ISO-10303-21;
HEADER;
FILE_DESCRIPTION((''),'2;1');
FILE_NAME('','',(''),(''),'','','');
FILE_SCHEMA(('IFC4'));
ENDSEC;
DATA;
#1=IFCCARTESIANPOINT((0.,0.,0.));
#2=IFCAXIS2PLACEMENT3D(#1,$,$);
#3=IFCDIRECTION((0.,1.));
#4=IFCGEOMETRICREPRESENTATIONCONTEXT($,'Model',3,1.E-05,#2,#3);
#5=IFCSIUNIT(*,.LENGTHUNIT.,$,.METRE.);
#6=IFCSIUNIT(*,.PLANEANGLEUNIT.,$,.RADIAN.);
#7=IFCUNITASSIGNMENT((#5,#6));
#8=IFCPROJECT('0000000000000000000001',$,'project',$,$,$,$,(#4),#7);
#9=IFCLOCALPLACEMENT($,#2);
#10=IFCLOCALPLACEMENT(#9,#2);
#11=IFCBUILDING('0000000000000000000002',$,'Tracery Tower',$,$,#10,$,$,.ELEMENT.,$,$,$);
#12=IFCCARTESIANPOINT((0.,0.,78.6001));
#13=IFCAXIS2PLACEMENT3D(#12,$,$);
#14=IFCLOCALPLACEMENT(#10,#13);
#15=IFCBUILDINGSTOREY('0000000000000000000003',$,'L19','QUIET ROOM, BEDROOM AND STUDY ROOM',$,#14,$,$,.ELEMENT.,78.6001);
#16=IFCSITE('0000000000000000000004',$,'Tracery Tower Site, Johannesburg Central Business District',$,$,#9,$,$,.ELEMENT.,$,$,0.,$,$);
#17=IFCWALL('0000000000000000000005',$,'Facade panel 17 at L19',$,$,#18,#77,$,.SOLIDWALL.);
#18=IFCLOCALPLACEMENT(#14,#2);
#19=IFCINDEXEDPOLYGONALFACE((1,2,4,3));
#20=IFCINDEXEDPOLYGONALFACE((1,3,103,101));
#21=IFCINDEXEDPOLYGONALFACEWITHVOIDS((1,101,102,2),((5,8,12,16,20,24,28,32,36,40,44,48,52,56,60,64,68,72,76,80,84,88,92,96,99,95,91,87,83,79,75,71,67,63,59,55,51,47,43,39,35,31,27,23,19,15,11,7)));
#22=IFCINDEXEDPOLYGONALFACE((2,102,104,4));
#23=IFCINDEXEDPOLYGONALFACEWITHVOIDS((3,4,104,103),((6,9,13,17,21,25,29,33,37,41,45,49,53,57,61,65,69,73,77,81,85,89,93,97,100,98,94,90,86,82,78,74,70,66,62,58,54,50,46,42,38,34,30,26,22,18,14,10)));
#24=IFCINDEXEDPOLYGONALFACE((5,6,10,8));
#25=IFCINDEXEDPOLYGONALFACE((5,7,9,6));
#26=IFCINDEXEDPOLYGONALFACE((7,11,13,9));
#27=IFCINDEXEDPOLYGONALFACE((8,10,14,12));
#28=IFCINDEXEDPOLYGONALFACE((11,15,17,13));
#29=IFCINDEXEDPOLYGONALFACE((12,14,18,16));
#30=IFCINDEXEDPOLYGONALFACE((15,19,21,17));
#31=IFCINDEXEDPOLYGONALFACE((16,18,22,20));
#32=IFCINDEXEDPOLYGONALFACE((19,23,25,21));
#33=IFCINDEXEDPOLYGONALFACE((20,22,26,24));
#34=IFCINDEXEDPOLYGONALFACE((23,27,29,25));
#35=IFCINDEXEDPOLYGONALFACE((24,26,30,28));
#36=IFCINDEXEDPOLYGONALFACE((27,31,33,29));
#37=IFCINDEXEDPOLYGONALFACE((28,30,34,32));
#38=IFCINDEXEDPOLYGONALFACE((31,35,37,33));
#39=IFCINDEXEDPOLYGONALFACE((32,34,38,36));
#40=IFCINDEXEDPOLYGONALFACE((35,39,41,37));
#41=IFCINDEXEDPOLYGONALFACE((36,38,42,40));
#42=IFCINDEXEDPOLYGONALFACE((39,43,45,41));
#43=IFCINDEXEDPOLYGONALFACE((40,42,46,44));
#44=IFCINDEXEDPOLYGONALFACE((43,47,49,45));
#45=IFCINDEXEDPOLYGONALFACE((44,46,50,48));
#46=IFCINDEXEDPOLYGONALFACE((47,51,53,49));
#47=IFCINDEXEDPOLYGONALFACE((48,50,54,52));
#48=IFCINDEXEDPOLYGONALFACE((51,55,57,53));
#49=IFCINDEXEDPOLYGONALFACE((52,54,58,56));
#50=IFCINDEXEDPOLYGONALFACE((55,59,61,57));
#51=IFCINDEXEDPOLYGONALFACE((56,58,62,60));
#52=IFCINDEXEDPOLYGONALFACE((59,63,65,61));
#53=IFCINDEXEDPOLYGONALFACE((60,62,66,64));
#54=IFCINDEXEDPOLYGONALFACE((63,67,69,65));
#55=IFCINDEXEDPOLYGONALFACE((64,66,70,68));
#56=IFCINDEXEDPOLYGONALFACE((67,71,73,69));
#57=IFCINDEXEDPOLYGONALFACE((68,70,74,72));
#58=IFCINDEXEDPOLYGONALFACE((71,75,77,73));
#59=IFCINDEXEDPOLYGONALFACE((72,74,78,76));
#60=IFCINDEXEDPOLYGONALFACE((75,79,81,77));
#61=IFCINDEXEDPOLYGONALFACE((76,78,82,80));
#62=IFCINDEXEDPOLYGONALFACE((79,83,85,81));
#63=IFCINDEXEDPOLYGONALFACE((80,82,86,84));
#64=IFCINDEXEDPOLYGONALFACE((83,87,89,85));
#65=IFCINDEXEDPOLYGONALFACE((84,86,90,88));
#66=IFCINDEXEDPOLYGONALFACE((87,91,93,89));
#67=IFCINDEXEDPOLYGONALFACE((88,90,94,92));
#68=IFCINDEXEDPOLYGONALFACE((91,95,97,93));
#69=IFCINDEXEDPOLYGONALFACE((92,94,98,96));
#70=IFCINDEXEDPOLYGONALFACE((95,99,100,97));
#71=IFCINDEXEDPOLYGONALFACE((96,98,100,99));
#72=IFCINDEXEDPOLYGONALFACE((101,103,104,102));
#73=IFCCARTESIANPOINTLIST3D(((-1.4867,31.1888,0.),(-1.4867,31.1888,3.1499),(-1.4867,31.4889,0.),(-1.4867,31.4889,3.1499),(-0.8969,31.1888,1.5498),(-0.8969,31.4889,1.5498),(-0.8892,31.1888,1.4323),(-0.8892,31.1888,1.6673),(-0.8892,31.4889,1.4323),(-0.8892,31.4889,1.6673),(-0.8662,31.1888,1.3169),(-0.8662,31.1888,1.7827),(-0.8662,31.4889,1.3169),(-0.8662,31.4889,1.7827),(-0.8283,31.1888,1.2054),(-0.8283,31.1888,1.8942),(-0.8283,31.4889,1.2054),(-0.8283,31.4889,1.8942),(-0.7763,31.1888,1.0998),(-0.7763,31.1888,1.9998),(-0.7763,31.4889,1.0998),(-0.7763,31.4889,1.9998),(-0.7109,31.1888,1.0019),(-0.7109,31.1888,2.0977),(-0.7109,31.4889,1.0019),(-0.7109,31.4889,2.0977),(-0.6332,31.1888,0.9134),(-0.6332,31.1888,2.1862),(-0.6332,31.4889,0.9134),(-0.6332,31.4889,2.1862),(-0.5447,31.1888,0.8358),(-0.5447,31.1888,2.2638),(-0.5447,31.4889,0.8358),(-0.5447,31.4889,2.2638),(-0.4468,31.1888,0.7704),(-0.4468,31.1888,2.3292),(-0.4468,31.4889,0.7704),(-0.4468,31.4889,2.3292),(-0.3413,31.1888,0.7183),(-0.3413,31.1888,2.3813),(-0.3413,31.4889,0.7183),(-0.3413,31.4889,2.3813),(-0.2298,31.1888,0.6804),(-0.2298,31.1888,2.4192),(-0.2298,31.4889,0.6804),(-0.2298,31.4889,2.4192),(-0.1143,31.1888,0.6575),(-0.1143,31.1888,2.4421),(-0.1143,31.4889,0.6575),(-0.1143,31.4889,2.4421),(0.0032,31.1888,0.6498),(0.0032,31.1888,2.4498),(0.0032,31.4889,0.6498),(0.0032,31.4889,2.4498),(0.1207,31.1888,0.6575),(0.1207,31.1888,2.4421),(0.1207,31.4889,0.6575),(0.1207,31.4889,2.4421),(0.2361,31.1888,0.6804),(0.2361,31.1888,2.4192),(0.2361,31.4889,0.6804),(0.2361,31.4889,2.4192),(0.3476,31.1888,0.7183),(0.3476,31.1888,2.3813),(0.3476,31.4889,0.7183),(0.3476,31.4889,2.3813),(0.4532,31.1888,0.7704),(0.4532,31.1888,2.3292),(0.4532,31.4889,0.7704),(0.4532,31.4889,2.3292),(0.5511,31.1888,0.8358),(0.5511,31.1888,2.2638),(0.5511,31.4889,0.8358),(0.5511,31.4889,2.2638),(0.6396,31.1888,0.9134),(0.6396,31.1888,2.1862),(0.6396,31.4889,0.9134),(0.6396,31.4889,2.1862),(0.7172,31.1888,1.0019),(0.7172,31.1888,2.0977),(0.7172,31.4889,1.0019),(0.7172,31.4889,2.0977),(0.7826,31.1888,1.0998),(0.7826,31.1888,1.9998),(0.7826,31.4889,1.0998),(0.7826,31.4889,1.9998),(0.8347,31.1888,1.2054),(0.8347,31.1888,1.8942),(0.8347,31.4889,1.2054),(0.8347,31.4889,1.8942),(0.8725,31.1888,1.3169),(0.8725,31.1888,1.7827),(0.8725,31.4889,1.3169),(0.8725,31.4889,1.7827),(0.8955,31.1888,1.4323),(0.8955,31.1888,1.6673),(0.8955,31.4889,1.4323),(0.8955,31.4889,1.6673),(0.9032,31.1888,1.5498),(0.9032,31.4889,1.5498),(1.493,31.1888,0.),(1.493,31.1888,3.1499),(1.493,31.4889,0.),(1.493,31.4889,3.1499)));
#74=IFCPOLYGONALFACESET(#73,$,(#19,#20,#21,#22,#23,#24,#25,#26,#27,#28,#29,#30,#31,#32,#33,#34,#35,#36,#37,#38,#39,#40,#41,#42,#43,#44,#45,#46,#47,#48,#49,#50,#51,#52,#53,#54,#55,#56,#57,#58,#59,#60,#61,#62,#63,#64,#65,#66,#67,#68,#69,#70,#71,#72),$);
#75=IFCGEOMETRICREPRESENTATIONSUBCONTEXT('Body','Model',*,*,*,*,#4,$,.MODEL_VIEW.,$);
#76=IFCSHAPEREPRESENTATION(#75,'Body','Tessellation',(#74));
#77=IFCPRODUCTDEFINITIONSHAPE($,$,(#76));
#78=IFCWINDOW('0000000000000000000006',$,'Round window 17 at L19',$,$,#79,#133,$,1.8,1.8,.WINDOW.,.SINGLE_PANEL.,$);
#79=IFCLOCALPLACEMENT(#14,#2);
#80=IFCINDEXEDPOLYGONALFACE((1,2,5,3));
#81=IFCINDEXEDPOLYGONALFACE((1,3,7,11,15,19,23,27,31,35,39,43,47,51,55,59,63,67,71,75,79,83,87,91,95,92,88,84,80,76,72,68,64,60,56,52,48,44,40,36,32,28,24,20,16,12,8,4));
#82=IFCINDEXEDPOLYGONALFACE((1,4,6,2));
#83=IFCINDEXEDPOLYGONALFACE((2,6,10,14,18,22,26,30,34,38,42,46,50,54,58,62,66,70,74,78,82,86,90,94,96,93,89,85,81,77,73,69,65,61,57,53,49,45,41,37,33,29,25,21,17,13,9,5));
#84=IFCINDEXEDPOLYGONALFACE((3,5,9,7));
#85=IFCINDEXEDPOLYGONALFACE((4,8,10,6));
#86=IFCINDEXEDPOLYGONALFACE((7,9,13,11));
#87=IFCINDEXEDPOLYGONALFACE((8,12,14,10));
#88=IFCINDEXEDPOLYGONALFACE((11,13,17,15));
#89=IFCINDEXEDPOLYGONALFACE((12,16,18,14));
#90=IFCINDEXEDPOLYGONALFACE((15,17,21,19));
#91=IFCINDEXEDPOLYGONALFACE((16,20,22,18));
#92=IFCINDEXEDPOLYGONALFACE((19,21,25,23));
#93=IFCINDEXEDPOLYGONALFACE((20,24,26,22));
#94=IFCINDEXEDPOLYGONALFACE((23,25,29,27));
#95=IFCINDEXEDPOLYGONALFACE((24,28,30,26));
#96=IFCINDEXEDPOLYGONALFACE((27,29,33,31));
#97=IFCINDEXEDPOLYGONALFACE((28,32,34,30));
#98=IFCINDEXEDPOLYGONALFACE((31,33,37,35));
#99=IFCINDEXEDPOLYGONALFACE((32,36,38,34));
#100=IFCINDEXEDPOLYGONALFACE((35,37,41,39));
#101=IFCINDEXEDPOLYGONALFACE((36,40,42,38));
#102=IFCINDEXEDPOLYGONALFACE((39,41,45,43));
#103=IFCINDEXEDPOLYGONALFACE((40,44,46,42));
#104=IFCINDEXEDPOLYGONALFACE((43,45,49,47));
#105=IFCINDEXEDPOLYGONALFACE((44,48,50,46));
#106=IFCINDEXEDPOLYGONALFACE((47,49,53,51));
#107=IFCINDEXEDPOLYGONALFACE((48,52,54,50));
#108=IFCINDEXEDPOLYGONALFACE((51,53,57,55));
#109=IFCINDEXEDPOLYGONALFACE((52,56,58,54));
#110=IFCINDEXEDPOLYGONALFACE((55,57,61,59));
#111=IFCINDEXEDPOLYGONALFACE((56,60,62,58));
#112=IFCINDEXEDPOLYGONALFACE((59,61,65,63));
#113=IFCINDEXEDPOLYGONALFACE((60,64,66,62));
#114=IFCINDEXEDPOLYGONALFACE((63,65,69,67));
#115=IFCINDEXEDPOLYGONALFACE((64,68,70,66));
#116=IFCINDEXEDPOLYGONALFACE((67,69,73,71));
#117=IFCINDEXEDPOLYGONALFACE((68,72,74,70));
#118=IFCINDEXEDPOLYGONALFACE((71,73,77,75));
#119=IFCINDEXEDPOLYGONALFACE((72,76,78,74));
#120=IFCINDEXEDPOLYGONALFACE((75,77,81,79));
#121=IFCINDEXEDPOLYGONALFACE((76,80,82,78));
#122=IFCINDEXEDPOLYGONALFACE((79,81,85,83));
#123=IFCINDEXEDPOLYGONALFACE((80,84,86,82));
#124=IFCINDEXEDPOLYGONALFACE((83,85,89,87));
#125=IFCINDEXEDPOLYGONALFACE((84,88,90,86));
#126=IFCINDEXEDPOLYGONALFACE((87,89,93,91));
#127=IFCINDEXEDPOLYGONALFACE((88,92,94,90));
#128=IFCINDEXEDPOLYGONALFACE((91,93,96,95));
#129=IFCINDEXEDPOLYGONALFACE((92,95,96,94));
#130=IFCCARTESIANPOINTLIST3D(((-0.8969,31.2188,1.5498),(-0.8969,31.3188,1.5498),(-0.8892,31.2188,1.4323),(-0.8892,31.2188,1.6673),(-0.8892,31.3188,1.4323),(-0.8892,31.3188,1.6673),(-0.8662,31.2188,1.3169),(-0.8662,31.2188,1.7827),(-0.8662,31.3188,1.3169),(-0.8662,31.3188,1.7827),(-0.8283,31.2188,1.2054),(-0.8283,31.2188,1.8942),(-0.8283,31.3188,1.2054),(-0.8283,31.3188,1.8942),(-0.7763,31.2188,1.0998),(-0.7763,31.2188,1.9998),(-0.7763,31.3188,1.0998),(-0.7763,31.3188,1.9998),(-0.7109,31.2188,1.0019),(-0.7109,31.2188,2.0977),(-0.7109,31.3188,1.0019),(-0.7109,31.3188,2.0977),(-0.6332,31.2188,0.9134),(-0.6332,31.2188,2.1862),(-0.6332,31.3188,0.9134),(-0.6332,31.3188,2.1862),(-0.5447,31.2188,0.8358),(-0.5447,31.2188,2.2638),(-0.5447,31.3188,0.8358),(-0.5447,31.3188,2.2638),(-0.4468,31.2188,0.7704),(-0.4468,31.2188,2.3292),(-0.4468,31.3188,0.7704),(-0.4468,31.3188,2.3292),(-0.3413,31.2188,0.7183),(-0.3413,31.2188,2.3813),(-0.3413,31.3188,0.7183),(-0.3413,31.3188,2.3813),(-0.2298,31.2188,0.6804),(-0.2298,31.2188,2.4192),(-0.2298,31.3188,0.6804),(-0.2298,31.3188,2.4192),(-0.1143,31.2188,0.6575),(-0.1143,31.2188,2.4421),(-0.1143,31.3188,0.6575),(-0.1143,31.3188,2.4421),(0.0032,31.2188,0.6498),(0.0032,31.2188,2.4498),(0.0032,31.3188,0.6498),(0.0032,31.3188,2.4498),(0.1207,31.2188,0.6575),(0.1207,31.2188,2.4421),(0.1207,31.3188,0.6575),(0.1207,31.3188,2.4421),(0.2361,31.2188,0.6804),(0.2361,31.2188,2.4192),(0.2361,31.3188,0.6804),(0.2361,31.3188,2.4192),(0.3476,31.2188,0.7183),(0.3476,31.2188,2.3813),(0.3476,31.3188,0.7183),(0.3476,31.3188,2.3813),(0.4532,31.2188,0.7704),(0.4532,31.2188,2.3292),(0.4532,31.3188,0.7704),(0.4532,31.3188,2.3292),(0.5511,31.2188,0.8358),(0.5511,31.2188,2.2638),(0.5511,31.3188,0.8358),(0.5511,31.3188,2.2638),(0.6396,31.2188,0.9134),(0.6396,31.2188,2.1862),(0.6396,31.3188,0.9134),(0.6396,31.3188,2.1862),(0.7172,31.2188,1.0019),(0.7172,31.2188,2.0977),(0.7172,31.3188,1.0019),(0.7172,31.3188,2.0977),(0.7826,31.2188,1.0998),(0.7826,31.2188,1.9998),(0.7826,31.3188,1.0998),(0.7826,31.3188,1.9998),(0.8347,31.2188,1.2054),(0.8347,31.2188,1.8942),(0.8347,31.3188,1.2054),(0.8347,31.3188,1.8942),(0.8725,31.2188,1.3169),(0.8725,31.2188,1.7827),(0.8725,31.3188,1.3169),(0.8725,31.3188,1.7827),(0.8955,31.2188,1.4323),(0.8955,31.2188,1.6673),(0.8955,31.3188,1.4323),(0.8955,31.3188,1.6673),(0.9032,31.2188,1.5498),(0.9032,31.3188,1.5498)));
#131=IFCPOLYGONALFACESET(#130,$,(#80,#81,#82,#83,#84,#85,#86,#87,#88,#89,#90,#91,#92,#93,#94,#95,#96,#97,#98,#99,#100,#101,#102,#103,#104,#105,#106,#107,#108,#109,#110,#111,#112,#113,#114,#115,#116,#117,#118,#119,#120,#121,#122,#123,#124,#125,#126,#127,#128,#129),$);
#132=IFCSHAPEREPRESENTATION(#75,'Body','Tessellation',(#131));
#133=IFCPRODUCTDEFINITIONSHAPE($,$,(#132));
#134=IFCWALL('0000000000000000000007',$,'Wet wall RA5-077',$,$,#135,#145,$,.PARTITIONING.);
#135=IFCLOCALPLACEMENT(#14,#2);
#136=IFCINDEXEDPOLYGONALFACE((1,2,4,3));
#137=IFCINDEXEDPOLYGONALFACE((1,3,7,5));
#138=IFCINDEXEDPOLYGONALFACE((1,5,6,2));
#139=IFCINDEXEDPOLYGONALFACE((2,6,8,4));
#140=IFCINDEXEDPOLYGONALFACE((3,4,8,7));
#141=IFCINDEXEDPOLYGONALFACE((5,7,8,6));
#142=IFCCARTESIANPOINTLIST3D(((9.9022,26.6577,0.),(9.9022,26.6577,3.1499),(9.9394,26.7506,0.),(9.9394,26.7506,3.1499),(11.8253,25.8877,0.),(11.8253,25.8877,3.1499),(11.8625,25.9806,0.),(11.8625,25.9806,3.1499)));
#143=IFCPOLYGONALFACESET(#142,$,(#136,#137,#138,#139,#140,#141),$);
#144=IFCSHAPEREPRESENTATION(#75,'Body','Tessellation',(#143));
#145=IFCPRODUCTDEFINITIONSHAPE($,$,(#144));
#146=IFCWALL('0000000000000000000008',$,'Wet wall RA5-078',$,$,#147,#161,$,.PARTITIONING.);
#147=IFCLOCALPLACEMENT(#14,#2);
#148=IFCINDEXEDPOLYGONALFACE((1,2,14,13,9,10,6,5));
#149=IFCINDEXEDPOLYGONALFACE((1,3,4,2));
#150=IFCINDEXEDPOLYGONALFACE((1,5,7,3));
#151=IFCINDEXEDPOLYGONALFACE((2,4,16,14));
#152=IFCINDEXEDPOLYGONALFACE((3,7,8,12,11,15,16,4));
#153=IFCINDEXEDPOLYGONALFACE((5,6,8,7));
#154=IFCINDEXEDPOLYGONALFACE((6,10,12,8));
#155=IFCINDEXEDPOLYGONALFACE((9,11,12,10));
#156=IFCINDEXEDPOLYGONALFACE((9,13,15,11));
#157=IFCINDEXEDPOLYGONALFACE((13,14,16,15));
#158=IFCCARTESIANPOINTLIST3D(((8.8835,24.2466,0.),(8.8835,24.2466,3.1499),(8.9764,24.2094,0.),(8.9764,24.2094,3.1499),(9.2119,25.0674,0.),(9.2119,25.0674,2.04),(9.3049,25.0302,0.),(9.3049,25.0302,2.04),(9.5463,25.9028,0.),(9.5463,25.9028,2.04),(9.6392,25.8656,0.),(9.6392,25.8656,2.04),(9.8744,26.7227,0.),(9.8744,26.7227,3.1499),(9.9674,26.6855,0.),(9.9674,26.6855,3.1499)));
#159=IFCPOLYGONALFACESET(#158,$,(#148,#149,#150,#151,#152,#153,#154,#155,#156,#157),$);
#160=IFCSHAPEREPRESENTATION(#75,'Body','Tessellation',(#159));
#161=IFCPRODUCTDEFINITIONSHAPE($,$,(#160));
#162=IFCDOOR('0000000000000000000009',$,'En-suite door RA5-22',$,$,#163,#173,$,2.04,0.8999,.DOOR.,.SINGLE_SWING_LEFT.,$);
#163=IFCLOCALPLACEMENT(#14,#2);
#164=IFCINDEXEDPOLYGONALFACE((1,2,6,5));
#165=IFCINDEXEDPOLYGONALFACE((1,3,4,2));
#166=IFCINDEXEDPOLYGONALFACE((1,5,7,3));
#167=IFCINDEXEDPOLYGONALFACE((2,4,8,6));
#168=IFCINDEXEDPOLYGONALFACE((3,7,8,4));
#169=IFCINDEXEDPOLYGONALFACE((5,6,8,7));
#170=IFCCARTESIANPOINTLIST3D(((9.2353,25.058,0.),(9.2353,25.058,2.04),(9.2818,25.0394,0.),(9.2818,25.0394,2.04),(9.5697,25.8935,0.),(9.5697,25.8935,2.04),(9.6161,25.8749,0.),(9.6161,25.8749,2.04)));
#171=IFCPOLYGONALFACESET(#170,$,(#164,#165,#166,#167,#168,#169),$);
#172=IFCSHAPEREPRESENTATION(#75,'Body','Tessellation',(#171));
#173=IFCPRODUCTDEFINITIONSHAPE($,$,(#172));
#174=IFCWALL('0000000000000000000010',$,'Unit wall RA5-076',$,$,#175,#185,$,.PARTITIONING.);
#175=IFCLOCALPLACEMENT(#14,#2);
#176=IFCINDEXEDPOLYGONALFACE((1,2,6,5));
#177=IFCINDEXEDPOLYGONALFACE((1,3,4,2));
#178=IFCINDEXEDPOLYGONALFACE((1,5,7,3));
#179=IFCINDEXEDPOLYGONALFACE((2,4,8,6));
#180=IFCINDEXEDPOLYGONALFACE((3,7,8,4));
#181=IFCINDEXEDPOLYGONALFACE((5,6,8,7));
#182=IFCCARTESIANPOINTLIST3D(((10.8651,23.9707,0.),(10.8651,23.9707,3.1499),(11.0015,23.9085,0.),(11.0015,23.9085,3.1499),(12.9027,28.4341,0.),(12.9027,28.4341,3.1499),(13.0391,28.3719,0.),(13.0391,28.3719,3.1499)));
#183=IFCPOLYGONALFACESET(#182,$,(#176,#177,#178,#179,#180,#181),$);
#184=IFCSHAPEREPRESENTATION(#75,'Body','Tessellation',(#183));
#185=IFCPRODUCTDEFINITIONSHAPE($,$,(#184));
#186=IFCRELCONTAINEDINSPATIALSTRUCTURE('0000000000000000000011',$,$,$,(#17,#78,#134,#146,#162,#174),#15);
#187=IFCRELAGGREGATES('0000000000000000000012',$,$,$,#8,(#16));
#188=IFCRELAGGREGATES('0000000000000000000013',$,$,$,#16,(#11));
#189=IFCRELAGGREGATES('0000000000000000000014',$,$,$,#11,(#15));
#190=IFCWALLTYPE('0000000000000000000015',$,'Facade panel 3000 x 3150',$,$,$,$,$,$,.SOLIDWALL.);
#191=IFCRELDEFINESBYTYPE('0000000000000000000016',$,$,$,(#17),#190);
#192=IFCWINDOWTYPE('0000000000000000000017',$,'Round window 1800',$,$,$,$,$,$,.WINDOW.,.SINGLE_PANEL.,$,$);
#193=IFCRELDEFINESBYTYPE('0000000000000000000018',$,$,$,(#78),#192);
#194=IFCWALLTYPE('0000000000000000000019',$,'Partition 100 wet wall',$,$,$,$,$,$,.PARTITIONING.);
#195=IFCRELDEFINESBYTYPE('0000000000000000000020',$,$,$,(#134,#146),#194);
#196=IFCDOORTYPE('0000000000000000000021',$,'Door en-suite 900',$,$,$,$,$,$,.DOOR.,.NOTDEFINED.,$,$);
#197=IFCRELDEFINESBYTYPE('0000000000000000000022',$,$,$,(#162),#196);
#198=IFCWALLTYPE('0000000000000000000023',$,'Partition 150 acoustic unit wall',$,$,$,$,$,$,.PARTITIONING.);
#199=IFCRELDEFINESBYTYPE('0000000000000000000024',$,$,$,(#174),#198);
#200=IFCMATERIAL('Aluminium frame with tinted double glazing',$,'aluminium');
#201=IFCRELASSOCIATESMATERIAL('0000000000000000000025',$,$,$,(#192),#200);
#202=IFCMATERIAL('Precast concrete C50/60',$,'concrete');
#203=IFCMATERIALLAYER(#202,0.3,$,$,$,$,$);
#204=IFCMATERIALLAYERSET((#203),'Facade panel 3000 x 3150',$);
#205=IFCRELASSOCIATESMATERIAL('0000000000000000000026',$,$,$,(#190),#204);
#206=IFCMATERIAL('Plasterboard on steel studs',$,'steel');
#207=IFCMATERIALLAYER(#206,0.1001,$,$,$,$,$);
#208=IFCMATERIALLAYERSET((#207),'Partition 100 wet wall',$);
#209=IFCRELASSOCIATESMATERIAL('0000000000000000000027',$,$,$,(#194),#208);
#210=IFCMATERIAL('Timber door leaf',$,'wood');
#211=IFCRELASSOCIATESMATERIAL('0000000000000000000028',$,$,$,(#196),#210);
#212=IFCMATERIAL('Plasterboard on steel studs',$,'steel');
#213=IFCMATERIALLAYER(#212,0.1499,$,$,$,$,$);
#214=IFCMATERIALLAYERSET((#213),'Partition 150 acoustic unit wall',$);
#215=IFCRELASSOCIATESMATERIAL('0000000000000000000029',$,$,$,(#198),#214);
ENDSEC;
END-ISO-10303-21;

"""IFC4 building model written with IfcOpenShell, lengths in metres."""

from ifc_helpers import new_model, si_unit, direction, frame, frame_2d, origin, origin_2d, place, context, subcontext, project, spatial, rectangle, circle, extrude, material, layer, layer_set, type_object, element, fill, save


model = new_model("IFC4")

# Units and contexts
model_context = context("Model", 3, precision=1e-05, world=origin(), true_north=direction((0.0, 1.0)))
body_context = subcontext(model_context, "Body", "Model", "MODEL_VIEW")
ifc_project = project(units=[si_unit("LENGTHUNIT", "METRE"), si_unit("PLANEANGLEUNIT", "RADIAN")], contexts=[model_context])

# Site, building, storey
site_placement = place(None, origin())
site = spatial("IfcSite", under=ifc_project, at=site_placement, Name="Tracery Tower Site, Johannesburg Central Business District", CompositionType="ELEMENT", RefElevation=0.0)
building_placement = place(site_placement, origin())
building = spatial("IfcBuilding", under=site, at=building_placement, Name="Tracery Tower", CompositionType="ELEMENT")
storey_placement = place(building_placement, frame((0.0, 0.0, 78.6001)))
storey = spatial("IfcBuildingStorey", under=building, at=storey_placement, Name="L19", Description="QUIET ROOM, BEDROOM AND STUDY ROOM", CompositionType="ELEMENT", Elevation=78.6001)

# Wall, opening, window
ifc_material_1 = material(Name="Aluminium frame with tinted double glazing", Category="aluminium")
window_type = type_object("IfcWindowType", Name="Round window 1800", PartitioningType="SINGLE_PANEL", PredefinedType="WINDOW", material=ifc_material_1)
ifc_material_2 = material(Name="Precast concrete C50/60", Category="concrete")
ifc_layer_1 = layer(ifc_material_2, 0.3)
ifc_layer_set_1 = layer_set([ifc_layer_1], Name="Facade panel 3000 x 3150")
wall_type_1 = type_object("IfcWallType", Name="Facade panel 3000 x 3150", PredefinedType="SOLIDWALL", material=ifc_layer_set_1)
wall_1_placement = place(storey_placement, frame((1.4929, 31.3389, 0.0), z_axis=(0.0, 0.0, 1.0), x_axis=(-1.0, 0.0, 0.0)))
wall_1 = element("IfcWall", 1, at=wall_1_placement, inside=storey, type_object=wall_type_1, Name="Facade panel 17 at L19", PredefinedType="SOLIDWALL", context=body_context, shape_type="SweptSolid", body=[
    extrude(rectangle(XDim=2.9797, YDim=0.3, at=frame_2d((1.4897, 0.0))), origin(), (0.0, 0.0, 1.0), 3.1499),
])
opening_1_placement = place(wall_1_placement, frame((1.4897, 0.0, 1.5498)))
opening_1 = element("IfcOpeningElement", 2, at=opening_1_placement, cuts=wall_1, PredefinedType="OPENING", context=body_context, shape_type="SweptSolid", body=[
    extrude(circle(Radius=0.9, at=origin_2d()), frame((0.0, 0.1599, 0.0), z_axis=(0.0, -1.0, 0.0), x_axis=(1.0, 0.0, 0.0)), (0.0, 0.0, 1.0), 0.3201),
])
window_1_placement = place(opening_1_placement, origin())
window_1 = element("IfcWindow", 3, at=window_1_placement, inside=storey, type_object=window_type, Name="Round window 17 at L19", OverallHeight=1.8, OverallWidth=1.8, PartitioningType="SINGLE_PANEL", PredefinedType="WINDOW", context=body_context, shape_type="SweptSolid", body=[
    extrude(circle(Radius=0.9, at=origin_2d()), frame((0.0, 0.1201, 0.0), z_axis=(0.0, -1.0, 0.0), x_axis=(1.0, 0.0, 0.0)), (0.0, 0.0, 1.0), 0.1001),
])
fill(opening_1, window_1)

# Wall
ifc_material_3 = material(Name="Plasterboard on steel studs", Category="steel")
ifc_layer_2 = layer(ifc_material_3, 0.1001)
ifc_layer_set_2 = layer_set([ifc_layer_2], Name="Partition 100 wet wall")
wall_type_2 = type_object("IfcWallType", Name="Partition 100 wet wall", PredefinedType="PARTITIONING", material=ifc_layer_set_2)
wall_2_placement = place(storey_placement, frame((9.9209, 26.7041, 0.0), z_axis=(0.0, 0.0, 1.0), x_axis=(0.928347, -0.371716, 0.0)))
element("IfcWall", 4, at=wall_2_placement, inside=storey, type_object=wall_type_2, Name="Wet wall RA5-077", PredefinedType="PARTITIONING", context=body_context, shape_type="SweptSolid", body=[
    extrude(rectangle(XDim=2.0715, YDim=0.1001, at=frame_2d((1.0356, 0.0))), origin(), (0.0, 0.0, 1.0), 3.1499),
])

# Wall, opening, door
wall_3_placement = place(storey_placement, frame((8.9299, 24.228, 0.0), z_axis=(0.0, 0.0, 1.0), x_axis=(0.371564, 0.928407, 0.0)))
wall_3 = element("IfcWall", 5, at=wall_3_placement, inside=storey, type_object=wall_type_2, Name="Wet wall RA5-078", PredefinedType="PARTITIONING", context=body_context, shape_type="SweptSolid", body=[
    extrude(rectangle(XDim=2.667, YDim=0.1001, at=frame_2d((1.3335, 0.0))), origin(), (0.0, 0.0, 1.0), 3.1499),
])
opening_2_placement = place(wall_3_placement, frame((0.884, 0.0, 0.0)))
opening_2 = element("IfcOpeningElement", 6, at=opening_2_placement, cuts=wall_3, PredefinedType="OPENING", context=body_context, shape_type="SweptSolid", body=[
    extrude(rectangle(XDim=0.8999, YDim=2.04, at=frame_2d((0.45, 1.02))), frame((0.0, 0.05, 0.0), z_axis=(0.0, -1.0, 0.0), x_axis=(1.0, 0.0, 0.0)), (0.0, 0.0, 1.0), 0.1001),
])
ifc_material_4 = material(Name="Timber door leaf", Category="wood")
door_type_1 = type_object("IfcDoorType", Name="Door en-suite 900", OperationType="NOTDEFINED", PredefinedType="DOOR", material=ifc_material_4)
door_1_placement = place(opening_2_placement, origin())
door_1 = element("IfcDoor", 7, at=door_1_placement, inside=storey, type_object=door_type_1, Name="En-suite door RA5-22", OperationType="SINGLE_SWING_LEFT", OverallHeight=2.04, OverallWidth=0.8999, PredefinedType="DOOR", context=body_context, shape_type="SweptSolid", body=[
    extrude(rectangle(XDim=0.8999, YDim=2.04, at=frame_2d((0.45, 1.02))), frame((0.0, 0.0249, 0.0), z_axis=(0.0, -1.0, 0.0), x_axis=(1.0, 0.0, 0.0)), (0.0, 0.0, 1.0), 0.05),
])
fill(opening_2, door_1)

# Wall
ifc_material_5 = material(Name="Plasterboard on steel studs", Category="steel")
ifc_layer_3 = layer(ifc_material_5, 0.1499)
ifc_layer_set_3 = layer_set([ifc_layer_3], Name="Partition 150 acoustic unit wall")
wall_type_3 = type_object("IfcWallType", Name="Partition 150 acoustic unit wall", PredefinedType="PARTITIONING", material=ifc_layer_set_3)
wall_4_placement = place(storey_placement, frame((10.9333, 23.9397, 0.0), z_axis=(0.0, 0.0, 1.0), x_axis=(0.415287, 0.90969, 0.0)))
element("IfcWall", 8, at=wall_4_placement, inside=storey, type_object=wall_type_3, Name="Unit wall RA5-076", PredefinedType="PARTITIONING", context=body_context, shape_type="SweptSolid", body=[
    extrude(rectangle(XDim=4.9065, YDim=0.1499, at=frame_2d((2.4531, 0.0))), origin(), (0.0, 0.0, 1.0), 3.1499),
])

save(model, "model.ifc")
